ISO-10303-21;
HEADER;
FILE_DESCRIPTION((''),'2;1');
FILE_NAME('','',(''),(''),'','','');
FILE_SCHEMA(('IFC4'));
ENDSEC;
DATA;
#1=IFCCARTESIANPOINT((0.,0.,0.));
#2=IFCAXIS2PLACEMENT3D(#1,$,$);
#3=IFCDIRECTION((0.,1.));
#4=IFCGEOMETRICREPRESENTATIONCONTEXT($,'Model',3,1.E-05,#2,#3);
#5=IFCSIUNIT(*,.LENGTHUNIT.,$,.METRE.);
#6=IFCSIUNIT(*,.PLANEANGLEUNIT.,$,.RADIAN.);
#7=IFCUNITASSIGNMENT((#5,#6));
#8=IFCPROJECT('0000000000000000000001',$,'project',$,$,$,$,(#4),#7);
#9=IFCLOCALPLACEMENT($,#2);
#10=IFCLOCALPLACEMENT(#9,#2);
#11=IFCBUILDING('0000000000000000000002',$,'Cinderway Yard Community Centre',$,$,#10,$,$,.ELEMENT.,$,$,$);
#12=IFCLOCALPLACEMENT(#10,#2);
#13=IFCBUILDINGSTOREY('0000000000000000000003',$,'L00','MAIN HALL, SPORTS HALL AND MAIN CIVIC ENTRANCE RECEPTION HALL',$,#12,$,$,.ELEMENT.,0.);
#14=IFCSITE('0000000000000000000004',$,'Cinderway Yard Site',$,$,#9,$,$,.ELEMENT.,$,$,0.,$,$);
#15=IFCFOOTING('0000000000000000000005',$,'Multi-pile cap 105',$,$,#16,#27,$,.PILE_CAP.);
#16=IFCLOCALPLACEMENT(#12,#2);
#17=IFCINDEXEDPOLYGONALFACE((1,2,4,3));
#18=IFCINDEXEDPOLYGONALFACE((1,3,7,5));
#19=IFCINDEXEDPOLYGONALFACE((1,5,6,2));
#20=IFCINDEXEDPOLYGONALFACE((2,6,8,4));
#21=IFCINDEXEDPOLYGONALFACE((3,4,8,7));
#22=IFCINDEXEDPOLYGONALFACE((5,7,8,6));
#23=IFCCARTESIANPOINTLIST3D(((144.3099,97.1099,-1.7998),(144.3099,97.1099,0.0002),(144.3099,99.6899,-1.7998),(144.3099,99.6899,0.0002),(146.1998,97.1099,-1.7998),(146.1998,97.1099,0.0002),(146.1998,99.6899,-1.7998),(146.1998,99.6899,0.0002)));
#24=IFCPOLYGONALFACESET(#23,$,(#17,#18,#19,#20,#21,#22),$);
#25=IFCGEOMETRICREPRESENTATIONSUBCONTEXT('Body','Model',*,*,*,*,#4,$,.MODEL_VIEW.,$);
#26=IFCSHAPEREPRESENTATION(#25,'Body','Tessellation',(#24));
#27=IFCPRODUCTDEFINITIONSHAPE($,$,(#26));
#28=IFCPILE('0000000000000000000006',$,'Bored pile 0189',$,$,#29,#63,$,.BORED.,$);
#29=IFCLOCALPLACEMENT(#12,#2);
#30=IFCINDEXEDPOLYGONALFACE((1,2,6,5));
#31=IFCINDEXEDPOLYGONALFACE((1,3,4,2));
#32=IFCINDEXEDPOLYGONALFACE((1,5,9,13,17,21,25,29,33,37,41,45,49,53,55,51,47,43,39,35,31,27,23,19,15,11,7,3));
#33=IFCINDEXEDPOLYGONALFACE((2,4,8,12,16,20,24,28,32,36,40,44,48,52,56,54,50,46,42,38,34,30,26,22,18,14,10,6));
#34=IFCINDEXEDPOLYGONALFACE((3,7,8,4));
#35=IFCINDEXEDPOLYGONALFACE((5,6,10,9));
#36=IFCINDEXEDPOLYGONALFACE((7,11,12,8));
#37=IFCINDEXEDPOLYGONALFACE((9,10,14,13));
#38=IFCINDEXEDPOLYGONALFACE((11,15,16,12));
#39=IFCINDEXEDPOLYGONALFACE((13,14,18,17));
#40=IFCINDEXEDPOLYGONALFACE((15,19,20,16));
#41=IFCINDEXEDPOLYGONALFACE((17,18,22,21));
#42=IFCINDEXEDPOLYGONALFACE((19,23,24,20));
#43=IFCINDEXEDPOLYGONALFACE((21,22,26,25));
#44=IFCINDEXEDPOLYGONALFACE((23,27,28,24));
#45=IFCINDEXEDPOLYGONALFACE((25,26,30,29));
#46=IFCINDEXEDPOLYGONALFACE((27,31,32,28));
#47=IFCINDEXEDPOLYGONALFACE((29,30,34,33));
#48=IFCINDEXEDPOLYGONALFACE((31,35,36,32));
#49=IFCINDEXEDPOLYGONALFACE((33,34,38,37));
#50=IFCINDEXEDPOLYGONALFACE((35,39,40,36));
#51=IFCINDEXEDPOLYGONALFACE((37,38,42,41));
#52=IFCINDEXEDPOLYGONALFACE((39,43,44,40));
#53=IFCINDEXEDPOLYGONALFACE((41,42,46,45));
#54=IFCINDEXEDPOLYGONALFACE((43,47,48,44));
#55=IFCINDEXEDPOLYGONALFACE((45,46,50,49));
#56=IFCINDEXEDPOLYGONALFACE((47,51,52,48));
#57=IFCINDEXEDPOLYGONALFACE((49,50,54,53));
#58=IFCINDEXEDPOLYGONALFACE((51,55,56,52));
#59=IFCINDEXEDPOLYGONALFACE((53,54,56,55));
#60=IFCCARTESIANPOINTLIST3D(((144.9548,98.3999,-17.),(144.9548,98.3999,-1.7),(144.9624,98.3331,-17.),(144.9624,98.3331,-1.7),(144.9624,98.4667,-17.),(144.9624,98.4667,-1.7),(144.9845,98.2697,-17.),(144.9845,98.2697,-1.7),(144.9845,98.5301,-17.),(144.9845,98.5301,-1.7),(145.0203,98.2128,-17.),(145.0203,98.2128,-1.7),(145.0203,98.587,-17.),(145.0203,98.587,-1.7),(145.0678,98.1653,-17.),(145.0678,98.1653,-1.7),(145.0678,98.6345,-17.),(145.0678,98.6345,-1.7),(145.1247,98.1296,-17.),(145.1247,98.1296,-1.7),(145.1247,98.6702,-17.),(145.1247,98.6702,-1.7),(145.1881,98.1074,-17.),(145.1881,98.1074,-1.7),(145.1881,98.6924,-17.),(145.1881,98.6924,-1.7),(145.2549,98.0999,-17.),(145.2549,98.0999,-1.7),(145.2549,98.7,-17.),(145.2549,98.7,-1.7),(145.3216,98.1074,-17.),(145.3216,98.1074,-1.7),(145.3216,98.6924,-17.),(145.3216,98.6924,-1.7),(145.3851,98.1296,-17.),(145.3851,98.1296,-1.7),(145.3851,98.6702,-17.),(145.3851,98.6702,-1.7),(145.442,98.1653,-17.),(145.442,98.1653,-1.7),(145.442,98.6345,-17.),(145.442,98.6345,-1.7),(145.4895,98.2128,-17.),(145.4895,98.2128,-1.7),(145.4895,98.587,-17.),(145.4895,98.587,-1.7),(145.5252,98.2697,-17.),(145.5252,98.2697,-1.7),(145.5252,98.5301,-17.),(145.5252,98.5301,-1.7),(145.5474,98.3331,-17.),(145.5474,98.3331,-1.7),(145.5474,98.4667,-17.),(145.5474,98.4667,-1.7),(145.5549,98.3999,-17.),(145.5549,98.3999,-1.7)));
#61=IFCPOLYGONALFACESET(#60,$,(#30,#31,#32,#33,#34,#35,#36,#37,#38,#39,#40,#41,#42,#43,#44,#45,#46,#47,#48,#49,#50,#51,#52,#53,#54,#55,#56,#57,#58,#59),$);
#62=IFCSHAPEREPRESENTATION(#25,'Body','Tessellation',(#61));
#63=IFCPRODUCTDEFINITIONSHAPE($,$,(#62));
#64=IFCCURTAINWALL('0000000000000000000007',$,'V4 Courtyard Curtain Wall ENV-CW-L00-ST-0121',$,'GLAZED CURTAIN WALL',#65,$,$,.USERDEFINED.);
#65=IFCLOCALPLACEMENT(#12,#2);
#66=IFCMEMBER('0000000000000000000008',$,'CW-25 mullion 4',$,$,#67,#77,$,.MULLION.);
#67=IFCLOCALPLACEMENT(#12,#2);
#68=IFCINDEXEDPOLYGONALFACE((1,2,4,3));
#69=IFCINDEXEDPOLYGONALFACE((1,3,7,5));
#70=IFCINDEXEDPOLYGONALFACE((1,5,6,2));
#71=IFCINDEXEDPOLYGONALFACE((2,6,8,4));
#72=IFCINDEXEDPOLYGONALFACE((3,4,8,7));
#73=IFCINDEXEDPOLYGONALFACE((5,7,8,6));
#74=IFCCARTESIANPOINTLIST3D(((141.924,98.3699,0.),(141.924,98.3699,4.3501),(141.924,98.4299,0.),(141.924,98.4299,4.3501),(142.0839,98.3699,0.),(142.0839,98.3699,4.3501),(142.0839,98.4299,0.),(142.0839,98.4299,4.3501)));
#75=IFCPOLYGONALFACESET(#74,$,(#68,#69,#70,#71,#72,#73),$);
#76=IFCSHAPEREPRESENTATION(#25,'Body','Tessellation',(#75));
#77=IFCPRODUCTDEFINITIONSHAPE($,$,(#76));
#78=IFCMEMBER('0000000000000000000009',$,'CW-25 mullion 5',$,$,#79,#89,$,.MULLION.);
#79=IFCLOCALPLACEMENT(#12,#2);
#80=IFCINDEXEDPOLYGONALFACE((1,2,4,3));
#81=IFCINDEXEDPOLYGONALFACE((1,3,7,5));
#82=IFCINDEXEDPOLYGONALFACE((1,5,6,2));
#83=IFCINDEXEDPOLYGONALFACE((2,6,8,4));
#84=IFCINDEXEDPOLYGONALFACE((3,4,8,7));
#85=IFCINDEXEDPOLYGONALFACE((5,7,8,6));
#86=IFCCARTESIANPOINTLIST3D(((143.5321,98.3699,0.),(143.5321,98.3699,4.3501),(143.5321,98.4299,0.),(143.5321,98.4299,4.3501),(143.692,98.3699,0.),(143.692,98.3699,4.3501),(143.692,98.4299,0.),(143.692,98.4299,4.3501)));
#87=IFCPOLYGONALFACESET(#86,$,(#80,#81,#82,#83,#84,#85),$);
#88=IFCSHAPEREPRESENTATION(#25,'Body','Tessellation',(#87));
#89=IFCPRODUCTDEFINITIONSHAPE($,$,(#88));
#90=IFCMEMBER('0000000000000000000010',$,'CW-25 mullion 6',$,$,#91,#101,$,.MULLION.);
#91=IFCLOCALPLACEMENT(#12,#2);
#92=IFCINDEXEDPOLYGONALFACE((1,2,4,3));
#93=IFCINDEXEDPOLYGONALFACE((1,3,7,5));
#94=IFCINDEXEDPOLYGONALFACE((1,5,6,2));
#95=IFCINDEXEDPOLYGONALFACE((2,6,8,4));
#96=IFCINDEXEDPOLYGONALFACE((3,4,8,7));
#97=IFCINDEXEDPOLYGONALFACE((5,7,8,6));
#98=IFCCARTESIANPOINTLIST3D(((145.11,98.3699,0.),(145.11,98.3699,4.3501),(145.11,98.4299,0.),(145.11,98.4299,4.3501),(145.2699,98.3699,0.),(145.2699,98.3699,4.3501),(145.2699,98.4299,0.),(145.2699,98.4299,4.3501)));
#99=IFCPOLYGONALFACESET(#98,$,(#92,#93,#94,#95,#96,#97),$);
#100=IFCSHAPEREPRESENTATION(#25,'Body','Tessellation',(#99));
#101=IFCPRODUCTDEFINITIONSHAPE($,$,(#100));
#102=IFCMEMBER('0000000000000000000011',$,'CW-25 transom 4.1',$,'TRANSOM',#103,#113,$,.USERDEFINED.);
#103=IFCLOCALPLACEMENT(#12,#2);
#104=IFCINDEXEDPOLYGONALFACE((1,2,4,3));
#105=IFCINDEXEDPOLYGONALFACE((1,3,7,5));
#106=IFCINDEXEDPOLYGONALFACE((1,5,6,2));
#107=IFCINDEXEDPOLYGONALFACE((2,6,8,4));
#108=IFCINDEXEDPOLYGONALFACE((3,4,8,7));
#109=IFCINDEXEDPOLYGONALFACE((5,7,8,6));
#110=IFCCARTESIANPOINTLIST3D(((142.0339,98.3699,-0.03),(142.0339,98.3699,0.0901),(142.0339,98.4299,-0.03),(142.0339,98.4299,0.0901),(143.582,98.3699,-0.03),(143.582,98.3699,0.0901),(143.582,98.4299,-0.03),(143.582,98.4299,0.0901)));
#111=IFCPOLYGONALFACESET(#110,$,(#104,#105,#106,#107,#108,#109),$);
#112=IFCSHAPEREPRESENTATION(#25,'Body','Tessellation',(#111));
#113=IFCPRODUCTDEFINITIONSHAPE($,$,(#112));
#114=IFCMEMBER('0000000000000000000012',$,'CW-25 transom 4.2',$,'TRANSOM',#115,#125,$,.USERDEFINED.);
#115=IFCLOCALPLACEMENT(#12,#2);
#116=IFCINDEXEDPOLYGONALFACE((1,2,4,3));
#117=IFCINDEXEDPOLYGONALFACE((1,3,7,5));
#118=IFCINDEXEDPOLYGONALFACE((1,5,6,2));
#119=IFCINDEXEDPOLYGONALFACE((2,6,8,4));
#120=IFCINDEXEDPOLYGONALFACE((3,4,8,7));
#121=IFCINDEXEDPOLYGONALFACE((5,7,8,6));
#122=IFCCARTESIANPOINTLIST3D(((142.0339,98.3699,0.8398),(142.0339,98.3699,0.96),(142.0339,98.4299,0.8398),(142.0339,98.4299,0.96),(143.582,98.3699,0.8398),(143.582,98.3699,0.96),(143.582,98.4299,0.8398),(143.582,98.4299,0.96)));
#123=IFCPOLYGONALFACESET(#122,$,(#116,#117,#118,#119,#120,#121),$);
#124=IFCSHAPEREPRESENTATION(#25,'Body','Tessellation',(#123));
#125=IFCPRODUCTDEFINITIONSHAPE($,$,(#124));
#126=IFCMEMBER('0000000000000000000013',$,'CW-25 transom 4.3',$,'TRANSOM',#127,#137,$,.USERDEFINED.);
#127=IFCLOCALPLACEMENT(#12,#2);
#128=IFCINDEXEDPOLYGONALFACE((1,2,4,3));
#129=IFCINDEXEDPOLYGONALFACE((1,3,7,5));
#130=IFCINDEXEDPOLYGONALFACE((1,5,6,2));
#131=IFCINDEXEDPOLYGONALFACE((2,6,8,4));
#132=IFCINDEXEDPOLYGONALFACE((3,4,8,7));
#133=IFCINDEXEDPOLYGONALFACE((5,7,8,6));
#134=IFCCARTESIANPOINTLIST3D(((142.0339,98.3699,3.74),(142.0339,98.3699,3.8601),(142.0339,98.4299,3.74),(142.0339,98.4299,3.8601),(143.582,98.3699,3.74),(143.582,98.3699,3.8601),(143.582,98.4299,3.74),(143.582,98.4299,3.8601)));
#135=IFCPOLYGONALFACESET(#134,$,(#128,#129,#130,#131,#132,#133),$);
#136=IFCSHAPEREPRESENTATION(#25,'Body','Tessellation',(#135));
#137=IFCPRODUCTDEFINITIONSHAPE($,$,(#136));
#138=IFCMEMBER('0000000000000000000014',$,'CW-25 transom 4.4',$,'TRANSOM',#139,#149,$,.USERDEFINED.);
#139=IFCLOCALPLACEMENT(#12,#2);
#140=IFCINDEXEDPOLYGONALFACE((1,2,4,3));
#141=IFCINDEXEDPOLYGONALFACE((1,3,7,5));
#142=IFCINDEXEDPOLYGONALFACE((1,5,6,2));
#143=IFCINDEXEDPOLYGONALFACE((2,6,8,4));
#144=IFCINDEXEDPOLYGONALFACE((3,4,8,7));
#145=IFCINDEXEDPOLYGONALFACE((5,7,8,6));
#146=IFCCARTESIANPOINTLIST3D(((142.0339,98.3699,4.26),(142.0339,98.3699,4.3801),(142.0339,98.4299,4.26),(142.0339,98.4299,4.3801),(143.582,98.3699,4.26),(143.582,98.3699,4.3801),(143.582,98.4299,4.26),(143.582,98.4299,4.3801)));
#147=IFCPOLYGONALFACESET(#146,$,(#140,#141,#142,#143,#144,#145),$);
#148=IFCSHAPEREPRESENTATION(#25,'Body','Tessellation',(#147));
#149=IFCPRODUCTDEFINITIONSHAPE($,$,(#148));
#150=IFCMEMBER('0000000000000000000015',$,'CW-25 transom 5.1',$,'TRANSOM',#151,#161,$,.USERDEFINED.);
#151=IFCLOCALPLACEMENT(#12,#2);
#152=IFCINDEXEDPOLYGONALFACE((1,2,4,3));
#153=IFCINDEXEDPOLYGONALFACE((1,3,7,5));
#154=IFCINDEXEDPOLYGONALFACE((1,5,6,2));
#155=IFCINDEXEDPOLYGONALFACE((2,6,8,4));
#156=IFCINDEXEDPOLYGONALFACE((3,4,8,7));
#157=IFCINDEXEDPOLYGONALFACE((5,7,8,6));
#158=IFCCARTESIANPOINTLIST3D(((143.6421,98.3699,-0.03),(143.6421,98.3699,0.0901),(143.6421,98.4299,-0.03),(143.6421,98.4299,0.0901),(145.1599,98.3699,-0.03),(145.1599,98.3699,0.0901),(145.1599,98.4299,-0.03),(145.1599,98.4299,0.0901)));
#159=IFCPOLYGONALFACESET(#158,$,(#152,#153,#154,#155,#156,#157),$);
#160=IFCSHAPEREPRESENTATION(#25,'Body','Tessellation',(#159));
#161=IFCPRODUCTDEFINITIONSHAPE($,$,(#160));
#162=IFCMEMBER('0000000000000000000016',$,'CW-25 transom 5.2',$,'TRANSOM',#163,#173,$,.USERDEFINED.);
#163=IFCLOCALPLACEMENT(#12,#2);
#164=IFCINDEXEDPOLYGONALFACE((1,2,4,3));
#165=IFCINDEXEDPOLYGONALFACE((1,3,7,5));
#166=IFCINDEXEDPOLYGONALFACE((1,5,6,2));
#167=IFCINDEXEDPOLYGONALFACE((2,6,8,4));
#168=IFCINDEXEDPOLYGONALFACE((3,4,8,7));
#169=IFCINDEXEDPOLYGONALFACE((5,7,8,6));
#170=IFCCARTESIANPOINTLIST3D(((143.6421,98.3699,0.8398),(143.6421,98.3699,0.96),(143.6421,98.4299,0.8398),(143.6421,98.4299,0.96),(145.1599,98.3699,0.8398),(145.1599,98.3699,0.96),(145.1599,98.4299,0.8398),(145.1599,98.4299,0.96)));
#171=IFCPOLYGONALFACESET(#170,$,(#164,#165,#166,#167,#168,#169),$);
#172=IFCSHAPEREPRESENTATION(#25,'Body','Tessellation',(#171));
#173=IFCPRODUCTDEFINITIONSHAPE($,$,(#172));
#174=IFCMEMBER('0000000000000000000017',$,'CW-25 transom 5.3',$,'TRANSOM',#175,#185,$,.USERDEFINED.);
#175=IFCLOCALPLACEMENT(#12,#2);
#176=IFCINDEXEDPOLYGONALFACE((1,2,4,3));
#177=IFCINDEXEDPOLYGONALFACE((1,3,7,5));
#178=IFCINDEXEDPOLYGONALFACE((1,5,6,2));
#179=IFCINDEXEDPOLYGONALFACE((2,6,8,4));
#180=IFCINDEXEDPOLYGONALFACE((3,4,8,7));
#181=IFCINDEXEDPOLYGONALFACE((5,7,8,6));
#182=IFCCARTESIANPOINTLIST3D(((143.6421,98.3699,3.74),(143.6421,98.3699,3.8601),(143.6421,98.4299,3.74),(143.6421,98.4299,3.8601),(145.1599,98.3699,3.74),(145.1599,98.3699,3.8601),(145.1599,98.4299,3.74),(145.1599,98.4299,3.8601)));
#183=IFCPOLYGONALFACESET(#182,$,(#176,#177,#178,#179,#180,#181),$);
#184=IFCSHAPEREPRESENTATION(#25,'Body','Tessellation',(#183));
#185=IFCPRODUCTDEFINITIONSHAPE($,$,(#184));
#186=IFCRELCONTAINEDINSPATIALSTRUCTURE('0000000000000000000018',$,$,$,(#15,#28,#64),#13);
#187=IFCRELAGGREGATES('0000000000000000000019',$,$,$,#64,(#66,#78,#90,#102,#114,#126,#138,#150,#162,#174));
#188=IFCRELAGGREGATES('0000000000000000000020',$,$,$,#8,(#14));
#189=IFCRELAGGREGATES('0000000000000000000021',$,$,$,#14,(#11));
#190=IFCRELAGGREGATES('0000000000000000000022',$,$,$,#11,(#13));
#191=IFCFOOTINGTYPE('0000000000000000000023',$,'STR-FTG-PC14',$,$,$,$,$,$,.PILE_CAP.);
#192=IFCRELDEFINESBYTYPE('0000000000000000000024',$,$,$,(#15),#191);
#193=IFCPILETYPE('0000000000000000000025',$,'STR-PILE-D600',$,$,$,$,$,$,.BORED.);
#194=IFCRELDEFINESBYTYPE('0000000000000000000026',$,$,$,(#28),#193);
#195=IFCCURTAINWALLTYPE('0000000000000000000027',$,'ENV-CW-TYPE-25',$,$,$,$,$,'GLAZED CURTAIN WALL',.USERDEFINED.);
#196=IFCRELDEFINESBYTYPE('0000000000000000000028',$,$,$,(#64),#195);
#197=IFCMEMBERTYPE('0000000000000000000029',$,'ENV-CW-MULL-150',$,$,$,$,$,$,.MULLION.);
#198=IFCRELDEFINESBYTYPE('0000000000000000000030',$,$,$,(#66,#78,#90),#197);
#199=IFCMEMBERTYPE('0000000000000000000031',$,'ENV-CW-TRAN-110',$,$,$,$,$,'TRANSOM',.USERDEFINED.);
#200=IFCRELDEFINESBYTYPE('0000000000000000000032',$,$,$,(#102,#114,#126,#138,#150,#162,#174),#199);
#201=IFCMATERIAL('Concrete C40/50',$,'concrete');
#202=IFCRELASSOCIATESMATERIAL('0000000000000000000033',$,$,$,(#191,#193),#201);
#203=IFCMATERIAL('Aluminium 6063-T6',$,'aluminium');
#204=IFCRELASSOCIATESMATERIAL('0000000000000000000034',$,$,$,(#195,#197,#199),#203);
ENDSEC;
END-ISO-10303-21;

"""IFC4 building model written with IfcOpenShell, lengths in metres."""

from ifc_helpers import new_model, si_unit, direction, frame, origin, origin_2d, place, context, subcontext, project, spatial, rectangle, circle, extrude, material, material_profile, profile_set, type_object, element, aggregate, save


model = new_model("IFC4")

# Units and contexts
model_context = context("Model", 3, precision=1e-05, world=origin(), true_north=direction((0.0, 1.0)))
body_context = subcontext(model_context, "Body", "Model", "MODEL_VIEW")
ifc_project = project(units=[si_unit("LENGTHUNIT", "METRE"), si_unit("PLANEANGLEUNIT", "RADIAN")], contexts=[model_context])

# Site, building, storey
site_placement = place(None, origin())
site = spatial("IfcSite", under=ifc_project, at=site_placement, Name="Cinderway Yard Site", CompositionType="ELEMENT", RefElevation=0.0)
building_placement = place(site_placement, origin())
building = spatial("IfcBuilding", under=site, at=building_placement, Name="Cinderway Yard Community Centre", CompositionType="ELEMENT")
storey_placement = place(building_placement, origin())
storey = spatial("IfcBuildingStorey", under=building, at=storey_placement, Name="L00", Description="MAIN HALL, SPORTS HALL AND MAIN CIVIC ENTRANCE RECEPTION HALL", CompositionType="ELEMENT", Elevation=0.0)

# Footing
ifc_material_1 = material(Name="Concrete C40/50", Category="concrete")
footing_type = type_object("IfcFootingType", Name="STR-FTG-PC14", PredefinedType="PILE_CAP", material=ifc_material_1)
footing_placement = place(storey_placement, frame((145.2549, 98.3999, -1.7998), z_axis=(0.0, 0.0, 1.0), x_axis=(1.0, 0.0, 0.0)))
element("IfcFooting", 1, at=footing_placement, inside=storey, type_object=footing_type, Name="Multi-pile cap 105", PredefinedType="PILE_CAP", context=body_context, shape_type="SweptSolid", body=[
    extrude(rectangle(XDim=1.8899, YDim=2.5801, at=origin_2d()), origin(), (0.0, 0.0, 1.0), 1.8),
])

# Pile
ifc_material_profile_1 = material_profile(ifc_material_1, circle(Radius=0.3, at=origin_2d()), Name="Concrete C40/50")
ifc_profile_set_1 = profile_set([ifc_material_profile_1], Name="Concrete C40/50")
pile_type = type_object("IfcPileType", Name="STR-PILE-D600", PredefinedType="BORED", material=ifc_profile_set_1)
pile_placement = place(storey_placement, frame((145.2549, 98.3999, -1.7), z_axis=(0.0, 0.0, -1.0), x_axis=(1.0, 0.0, 0.0)))
element("IfcPile", 2, at=pile_placement, inside=storey, type_object=pile_type, Name="Bored pile 0189", PredefinedType="BORED", context=body_context, shape_type="SweptSolid", body=[
    extrude(circle(Radius=0.3, at=origin_2d()), origin(), (0.0, 0.0, 1.0), 15.3),
])

# Curtain wall, members
ifc_material_2 = material(Name="Aluminium 6063-T6", Category="aluminium")
curtain_wall_type = type_object("IfcCurtainWallType", Name="ENV-CW-TYPE-25", ElementType="GLAZED CURTAIN WALL", PredefinedType="USERDEFINED", material=ifc_material_2)
curtain_wall_placement = place(storey_placement, origin())
curtain_wall = element("IfcCurtainWall", 3, at=curtain_wall_placement, inside=storey, type_object=curtain_wall_type, Name="V4 Courtyard Curtain Wall ENV-CW-L00-ST-0121", ObjectType="GLAZED CURTAIN WALL", PredefinedType="USERDEFINED")
ifc_material_profile_2 = material_profile(ifc_material_2, rectangle(XDim=0.0601, YDim=0.1599, at=origin_2d()), Name="Aluminium 6063-T6")
ifc_profile_set_2 = profile_set([ifc_material_profile_2], Name="Aluminium 6063-T6")
member_type_1 = type_object("IfcMemberType", Name="ENV-CW-MULL-150", PredefinedType="MULLION", material=ifc_profile_set_2)
member_1_placement = place(storey_placement, frame((142.0039, 98.3999, 0.0), z_axis=(0.0, 0.0, 1.0), x_axis=(0.0, 1.0, 0.0)))
member_1 = element("IfcMember", 4, at=member_1_placement, type_object=member_type_1, Name="CW-25 mullion 4", PredefinedType="MULLION", context=body_context, shape_type="SweptSolid", body=[
    extrude(rectangle(XDim=0.0601, YDim=0.1599, at=origin_2d()), origin(), (0.0, 0.0, 1.0), 4.3501),
])
member_2_placement = place(storey_placement, frame((143.6121, 98.3999, 0.0), z_axis=(0.0, 0.0, 1.0), x_axis=(0.0, 1.0, 0.0)))
member_2 = element("IfcMember", 5, at=member_2_placement, type_object=member_type_1, Name="CW-25 mullion 5", PredefinedType="MULLION", context=body_context, shape_type="SweptSolid", body=[
    extrude(rectangle(XDim=0.0601, YDim=0.1599, at=origin_2d()), origin(), (0.0, 0.0, 1.0), 4.3501),
])
member_3_placement = place(storey_placement, frame((145.1899, 98.3999, 0.0), z_axis=(0.0, 0.0, 1.0), x_axis=(0.0, 1.0, 0.0)))
member_3 = element("IfcMember", 6, at=member_3_placement, type_object=member_type_1, Name="CW-25 mullion 6", PredefinedType="MULLION", context=body_context, shape_type="SweptSolid", body=[
    extrude(rectangle(XDim=0.0601, YDim=0.1599, at=origin_2d()), origin(), (0.0, 0.0, 1.0), 4.3501),
])
ifc_material_profile_3 = material_profile(ifc_material_2, rectangle(XDim=0.0601, YDim=0.1201, at=origin_2d()), Name="Aluminium 6063-T6")
ifc_profile_set_3 = profile_set([ifc_material_profile_3], Name="Aluminium 6063-T6")
member_type_2 = type_object("IfcMemberType", Name="ENV-CW-TRAN-110", ElementType="TRANSOM", PredefinedType="USERDEFINED", material=ifc_profile_set_3)
member_4_placement = place(storey_placement, frame((142.0339, 98.3999, 0.03), z_axis=(1.0, 0.0, 0.0), x_axis=(0.0, 1.0, 0.0)))
member_4 = element("IfcMember", 7, at=member_4_placement, type_object=member_type_2, Name="CW-25 transom 4.1", ObjectType="TRANSOM", PredefinedType="USERDEFINED", context=body_context, shape_type="SweptSolid", body=[
    extrude(rectangle(XDim=0.0601, YDim=0.1201, at=origin_2d()), origin(), (0.0, 0.0, 1.0), 1.5481),
])
member_5_placement = place(storey_placement, frame((142.0339, 98.3999, 0.8999), z_axis=(1.0, 0.0, 0.0), x_axis=(0.0, 1.0, 0.0)))
member_5 = element("IfcMember", 8, at=member_5_placement, type_object=member_type_2, Name="CW-25 transom 4.2", ObjectType="TRANSOM", PredefinedType="USERDEFINED", context=body_context, shape_type="SweptSolid", body=[
    extrude(rectangle(XDim=0.0601, YDim=0.1201, at=origin_2d()), origin(), (0.0, 0.0, 1.0), 1.5481),
])
member_6_placement = place(storey_placement, frame((142.0339, 98.3999, 3.8), z_axis=(1.0, 0.0, 0.0), x_axis=(0.0, 1.0, 0.0)))
member_6 = element("IfcMember", 9, at=member_6_placement, type_object=member_type_2, Name="CW-25 transom 4.3", ObjectType="TRANSOM", PredefinedType="USERDEFINED", context=body_context, shape_type="SweptSolid", body=[
    extrude(rectangle(XDim=0.0601, YDim=0.1201, at=origin_2d()), origin(), (0.0, 0.0, 1.0), 1.5481),
])
member_7_placement = place(storey_placement, frame((142.0339, 98.3999, 4.3201), z_axis=(1.0, 0.0, 0.0), x_axis=(0.0, 1.0, 0.0)))
member_7 = element("IfcMember", 10, at=member_7_placement, type_object=member_type_2, Name="CW-25 transom 4.4", ObjectType="TRANSOM", PredefinedType="USERDEFINED", context=body_context, shape_type="SweptSolid", body=[
    extrude(rectangle(XDim=0.0601, YDim=0.1201, at=origin_2d()), origin(), (0.0, 0.0, 1.0), 1.5481),
])
member_8_placement = place(storey_placement, frame((143.6421, 98.3999, 0.03), z_axis=(1.0, 0.0, 0.0), x_axis=(0.0, 1.0, 0.0)))
member_8 = element("IfcMember", 11, at=member_8_placement, type_object=member_type_2, Name="CW-25 transom 5.1", ObjectType="TRANSOM", PredefinedType="USERDEFINED", context=body_context, shape_type="SweptSolid", body=[
    extrude(rectangle(XDim=0.0601, YDim=0.1201, at=origin_2d()), origin(), (0.0, 0.0, 1.0), 1.5178),
])
member_9_placement = place(storey_placement, frame((143.6421, 98.3999, 0.8999), z_axis=(1.0, 0.0, 0.0), x_axis=(0.0, 1.0, 0.0)))
member_9 = element("IfcMember", 12, at=member_9_placement, type_object=member_type_2, Name="CW-25 transom 5.2", ObjectType="TRANSOM", PredefinedType="USERDEFINED", context=body_context, shape_type="SweptSolid", body=[
    extrude(rectangle(XDim=0.0601, YDim=0.1201, at=origin_2d()), origin(), (0.0, 0.0, 1.0), 1.5178),
])
member_10_placement = place(storey_placement, frame((143.6421, 98.3999, 3.8), z_axis=(1.0, 0.0, 0.0), x_axis=(0.0, 1.0, 0.0)))
member_10 = element("IfcMember", 13, at=member_10_placement, type_object=member_type_2, Name="CW-25 transom 5.3", ObjectType="TRANSOM", PredefinedType="USERDEFINED", context=body_context, shape_type="SweptSolid", body=[
    extrude(rectangle(XDim=0.0601, YDim=0.1201, at=origin_2d()), origin(), (0.0, 0.0, 1.0), 1.5178),
])
aggregate(curtain_wall, [member_1, member_2, member_3, member_4, member_5, member_6, member_7, member_8, member_9, member_10])

save(model, "model.ifc")
